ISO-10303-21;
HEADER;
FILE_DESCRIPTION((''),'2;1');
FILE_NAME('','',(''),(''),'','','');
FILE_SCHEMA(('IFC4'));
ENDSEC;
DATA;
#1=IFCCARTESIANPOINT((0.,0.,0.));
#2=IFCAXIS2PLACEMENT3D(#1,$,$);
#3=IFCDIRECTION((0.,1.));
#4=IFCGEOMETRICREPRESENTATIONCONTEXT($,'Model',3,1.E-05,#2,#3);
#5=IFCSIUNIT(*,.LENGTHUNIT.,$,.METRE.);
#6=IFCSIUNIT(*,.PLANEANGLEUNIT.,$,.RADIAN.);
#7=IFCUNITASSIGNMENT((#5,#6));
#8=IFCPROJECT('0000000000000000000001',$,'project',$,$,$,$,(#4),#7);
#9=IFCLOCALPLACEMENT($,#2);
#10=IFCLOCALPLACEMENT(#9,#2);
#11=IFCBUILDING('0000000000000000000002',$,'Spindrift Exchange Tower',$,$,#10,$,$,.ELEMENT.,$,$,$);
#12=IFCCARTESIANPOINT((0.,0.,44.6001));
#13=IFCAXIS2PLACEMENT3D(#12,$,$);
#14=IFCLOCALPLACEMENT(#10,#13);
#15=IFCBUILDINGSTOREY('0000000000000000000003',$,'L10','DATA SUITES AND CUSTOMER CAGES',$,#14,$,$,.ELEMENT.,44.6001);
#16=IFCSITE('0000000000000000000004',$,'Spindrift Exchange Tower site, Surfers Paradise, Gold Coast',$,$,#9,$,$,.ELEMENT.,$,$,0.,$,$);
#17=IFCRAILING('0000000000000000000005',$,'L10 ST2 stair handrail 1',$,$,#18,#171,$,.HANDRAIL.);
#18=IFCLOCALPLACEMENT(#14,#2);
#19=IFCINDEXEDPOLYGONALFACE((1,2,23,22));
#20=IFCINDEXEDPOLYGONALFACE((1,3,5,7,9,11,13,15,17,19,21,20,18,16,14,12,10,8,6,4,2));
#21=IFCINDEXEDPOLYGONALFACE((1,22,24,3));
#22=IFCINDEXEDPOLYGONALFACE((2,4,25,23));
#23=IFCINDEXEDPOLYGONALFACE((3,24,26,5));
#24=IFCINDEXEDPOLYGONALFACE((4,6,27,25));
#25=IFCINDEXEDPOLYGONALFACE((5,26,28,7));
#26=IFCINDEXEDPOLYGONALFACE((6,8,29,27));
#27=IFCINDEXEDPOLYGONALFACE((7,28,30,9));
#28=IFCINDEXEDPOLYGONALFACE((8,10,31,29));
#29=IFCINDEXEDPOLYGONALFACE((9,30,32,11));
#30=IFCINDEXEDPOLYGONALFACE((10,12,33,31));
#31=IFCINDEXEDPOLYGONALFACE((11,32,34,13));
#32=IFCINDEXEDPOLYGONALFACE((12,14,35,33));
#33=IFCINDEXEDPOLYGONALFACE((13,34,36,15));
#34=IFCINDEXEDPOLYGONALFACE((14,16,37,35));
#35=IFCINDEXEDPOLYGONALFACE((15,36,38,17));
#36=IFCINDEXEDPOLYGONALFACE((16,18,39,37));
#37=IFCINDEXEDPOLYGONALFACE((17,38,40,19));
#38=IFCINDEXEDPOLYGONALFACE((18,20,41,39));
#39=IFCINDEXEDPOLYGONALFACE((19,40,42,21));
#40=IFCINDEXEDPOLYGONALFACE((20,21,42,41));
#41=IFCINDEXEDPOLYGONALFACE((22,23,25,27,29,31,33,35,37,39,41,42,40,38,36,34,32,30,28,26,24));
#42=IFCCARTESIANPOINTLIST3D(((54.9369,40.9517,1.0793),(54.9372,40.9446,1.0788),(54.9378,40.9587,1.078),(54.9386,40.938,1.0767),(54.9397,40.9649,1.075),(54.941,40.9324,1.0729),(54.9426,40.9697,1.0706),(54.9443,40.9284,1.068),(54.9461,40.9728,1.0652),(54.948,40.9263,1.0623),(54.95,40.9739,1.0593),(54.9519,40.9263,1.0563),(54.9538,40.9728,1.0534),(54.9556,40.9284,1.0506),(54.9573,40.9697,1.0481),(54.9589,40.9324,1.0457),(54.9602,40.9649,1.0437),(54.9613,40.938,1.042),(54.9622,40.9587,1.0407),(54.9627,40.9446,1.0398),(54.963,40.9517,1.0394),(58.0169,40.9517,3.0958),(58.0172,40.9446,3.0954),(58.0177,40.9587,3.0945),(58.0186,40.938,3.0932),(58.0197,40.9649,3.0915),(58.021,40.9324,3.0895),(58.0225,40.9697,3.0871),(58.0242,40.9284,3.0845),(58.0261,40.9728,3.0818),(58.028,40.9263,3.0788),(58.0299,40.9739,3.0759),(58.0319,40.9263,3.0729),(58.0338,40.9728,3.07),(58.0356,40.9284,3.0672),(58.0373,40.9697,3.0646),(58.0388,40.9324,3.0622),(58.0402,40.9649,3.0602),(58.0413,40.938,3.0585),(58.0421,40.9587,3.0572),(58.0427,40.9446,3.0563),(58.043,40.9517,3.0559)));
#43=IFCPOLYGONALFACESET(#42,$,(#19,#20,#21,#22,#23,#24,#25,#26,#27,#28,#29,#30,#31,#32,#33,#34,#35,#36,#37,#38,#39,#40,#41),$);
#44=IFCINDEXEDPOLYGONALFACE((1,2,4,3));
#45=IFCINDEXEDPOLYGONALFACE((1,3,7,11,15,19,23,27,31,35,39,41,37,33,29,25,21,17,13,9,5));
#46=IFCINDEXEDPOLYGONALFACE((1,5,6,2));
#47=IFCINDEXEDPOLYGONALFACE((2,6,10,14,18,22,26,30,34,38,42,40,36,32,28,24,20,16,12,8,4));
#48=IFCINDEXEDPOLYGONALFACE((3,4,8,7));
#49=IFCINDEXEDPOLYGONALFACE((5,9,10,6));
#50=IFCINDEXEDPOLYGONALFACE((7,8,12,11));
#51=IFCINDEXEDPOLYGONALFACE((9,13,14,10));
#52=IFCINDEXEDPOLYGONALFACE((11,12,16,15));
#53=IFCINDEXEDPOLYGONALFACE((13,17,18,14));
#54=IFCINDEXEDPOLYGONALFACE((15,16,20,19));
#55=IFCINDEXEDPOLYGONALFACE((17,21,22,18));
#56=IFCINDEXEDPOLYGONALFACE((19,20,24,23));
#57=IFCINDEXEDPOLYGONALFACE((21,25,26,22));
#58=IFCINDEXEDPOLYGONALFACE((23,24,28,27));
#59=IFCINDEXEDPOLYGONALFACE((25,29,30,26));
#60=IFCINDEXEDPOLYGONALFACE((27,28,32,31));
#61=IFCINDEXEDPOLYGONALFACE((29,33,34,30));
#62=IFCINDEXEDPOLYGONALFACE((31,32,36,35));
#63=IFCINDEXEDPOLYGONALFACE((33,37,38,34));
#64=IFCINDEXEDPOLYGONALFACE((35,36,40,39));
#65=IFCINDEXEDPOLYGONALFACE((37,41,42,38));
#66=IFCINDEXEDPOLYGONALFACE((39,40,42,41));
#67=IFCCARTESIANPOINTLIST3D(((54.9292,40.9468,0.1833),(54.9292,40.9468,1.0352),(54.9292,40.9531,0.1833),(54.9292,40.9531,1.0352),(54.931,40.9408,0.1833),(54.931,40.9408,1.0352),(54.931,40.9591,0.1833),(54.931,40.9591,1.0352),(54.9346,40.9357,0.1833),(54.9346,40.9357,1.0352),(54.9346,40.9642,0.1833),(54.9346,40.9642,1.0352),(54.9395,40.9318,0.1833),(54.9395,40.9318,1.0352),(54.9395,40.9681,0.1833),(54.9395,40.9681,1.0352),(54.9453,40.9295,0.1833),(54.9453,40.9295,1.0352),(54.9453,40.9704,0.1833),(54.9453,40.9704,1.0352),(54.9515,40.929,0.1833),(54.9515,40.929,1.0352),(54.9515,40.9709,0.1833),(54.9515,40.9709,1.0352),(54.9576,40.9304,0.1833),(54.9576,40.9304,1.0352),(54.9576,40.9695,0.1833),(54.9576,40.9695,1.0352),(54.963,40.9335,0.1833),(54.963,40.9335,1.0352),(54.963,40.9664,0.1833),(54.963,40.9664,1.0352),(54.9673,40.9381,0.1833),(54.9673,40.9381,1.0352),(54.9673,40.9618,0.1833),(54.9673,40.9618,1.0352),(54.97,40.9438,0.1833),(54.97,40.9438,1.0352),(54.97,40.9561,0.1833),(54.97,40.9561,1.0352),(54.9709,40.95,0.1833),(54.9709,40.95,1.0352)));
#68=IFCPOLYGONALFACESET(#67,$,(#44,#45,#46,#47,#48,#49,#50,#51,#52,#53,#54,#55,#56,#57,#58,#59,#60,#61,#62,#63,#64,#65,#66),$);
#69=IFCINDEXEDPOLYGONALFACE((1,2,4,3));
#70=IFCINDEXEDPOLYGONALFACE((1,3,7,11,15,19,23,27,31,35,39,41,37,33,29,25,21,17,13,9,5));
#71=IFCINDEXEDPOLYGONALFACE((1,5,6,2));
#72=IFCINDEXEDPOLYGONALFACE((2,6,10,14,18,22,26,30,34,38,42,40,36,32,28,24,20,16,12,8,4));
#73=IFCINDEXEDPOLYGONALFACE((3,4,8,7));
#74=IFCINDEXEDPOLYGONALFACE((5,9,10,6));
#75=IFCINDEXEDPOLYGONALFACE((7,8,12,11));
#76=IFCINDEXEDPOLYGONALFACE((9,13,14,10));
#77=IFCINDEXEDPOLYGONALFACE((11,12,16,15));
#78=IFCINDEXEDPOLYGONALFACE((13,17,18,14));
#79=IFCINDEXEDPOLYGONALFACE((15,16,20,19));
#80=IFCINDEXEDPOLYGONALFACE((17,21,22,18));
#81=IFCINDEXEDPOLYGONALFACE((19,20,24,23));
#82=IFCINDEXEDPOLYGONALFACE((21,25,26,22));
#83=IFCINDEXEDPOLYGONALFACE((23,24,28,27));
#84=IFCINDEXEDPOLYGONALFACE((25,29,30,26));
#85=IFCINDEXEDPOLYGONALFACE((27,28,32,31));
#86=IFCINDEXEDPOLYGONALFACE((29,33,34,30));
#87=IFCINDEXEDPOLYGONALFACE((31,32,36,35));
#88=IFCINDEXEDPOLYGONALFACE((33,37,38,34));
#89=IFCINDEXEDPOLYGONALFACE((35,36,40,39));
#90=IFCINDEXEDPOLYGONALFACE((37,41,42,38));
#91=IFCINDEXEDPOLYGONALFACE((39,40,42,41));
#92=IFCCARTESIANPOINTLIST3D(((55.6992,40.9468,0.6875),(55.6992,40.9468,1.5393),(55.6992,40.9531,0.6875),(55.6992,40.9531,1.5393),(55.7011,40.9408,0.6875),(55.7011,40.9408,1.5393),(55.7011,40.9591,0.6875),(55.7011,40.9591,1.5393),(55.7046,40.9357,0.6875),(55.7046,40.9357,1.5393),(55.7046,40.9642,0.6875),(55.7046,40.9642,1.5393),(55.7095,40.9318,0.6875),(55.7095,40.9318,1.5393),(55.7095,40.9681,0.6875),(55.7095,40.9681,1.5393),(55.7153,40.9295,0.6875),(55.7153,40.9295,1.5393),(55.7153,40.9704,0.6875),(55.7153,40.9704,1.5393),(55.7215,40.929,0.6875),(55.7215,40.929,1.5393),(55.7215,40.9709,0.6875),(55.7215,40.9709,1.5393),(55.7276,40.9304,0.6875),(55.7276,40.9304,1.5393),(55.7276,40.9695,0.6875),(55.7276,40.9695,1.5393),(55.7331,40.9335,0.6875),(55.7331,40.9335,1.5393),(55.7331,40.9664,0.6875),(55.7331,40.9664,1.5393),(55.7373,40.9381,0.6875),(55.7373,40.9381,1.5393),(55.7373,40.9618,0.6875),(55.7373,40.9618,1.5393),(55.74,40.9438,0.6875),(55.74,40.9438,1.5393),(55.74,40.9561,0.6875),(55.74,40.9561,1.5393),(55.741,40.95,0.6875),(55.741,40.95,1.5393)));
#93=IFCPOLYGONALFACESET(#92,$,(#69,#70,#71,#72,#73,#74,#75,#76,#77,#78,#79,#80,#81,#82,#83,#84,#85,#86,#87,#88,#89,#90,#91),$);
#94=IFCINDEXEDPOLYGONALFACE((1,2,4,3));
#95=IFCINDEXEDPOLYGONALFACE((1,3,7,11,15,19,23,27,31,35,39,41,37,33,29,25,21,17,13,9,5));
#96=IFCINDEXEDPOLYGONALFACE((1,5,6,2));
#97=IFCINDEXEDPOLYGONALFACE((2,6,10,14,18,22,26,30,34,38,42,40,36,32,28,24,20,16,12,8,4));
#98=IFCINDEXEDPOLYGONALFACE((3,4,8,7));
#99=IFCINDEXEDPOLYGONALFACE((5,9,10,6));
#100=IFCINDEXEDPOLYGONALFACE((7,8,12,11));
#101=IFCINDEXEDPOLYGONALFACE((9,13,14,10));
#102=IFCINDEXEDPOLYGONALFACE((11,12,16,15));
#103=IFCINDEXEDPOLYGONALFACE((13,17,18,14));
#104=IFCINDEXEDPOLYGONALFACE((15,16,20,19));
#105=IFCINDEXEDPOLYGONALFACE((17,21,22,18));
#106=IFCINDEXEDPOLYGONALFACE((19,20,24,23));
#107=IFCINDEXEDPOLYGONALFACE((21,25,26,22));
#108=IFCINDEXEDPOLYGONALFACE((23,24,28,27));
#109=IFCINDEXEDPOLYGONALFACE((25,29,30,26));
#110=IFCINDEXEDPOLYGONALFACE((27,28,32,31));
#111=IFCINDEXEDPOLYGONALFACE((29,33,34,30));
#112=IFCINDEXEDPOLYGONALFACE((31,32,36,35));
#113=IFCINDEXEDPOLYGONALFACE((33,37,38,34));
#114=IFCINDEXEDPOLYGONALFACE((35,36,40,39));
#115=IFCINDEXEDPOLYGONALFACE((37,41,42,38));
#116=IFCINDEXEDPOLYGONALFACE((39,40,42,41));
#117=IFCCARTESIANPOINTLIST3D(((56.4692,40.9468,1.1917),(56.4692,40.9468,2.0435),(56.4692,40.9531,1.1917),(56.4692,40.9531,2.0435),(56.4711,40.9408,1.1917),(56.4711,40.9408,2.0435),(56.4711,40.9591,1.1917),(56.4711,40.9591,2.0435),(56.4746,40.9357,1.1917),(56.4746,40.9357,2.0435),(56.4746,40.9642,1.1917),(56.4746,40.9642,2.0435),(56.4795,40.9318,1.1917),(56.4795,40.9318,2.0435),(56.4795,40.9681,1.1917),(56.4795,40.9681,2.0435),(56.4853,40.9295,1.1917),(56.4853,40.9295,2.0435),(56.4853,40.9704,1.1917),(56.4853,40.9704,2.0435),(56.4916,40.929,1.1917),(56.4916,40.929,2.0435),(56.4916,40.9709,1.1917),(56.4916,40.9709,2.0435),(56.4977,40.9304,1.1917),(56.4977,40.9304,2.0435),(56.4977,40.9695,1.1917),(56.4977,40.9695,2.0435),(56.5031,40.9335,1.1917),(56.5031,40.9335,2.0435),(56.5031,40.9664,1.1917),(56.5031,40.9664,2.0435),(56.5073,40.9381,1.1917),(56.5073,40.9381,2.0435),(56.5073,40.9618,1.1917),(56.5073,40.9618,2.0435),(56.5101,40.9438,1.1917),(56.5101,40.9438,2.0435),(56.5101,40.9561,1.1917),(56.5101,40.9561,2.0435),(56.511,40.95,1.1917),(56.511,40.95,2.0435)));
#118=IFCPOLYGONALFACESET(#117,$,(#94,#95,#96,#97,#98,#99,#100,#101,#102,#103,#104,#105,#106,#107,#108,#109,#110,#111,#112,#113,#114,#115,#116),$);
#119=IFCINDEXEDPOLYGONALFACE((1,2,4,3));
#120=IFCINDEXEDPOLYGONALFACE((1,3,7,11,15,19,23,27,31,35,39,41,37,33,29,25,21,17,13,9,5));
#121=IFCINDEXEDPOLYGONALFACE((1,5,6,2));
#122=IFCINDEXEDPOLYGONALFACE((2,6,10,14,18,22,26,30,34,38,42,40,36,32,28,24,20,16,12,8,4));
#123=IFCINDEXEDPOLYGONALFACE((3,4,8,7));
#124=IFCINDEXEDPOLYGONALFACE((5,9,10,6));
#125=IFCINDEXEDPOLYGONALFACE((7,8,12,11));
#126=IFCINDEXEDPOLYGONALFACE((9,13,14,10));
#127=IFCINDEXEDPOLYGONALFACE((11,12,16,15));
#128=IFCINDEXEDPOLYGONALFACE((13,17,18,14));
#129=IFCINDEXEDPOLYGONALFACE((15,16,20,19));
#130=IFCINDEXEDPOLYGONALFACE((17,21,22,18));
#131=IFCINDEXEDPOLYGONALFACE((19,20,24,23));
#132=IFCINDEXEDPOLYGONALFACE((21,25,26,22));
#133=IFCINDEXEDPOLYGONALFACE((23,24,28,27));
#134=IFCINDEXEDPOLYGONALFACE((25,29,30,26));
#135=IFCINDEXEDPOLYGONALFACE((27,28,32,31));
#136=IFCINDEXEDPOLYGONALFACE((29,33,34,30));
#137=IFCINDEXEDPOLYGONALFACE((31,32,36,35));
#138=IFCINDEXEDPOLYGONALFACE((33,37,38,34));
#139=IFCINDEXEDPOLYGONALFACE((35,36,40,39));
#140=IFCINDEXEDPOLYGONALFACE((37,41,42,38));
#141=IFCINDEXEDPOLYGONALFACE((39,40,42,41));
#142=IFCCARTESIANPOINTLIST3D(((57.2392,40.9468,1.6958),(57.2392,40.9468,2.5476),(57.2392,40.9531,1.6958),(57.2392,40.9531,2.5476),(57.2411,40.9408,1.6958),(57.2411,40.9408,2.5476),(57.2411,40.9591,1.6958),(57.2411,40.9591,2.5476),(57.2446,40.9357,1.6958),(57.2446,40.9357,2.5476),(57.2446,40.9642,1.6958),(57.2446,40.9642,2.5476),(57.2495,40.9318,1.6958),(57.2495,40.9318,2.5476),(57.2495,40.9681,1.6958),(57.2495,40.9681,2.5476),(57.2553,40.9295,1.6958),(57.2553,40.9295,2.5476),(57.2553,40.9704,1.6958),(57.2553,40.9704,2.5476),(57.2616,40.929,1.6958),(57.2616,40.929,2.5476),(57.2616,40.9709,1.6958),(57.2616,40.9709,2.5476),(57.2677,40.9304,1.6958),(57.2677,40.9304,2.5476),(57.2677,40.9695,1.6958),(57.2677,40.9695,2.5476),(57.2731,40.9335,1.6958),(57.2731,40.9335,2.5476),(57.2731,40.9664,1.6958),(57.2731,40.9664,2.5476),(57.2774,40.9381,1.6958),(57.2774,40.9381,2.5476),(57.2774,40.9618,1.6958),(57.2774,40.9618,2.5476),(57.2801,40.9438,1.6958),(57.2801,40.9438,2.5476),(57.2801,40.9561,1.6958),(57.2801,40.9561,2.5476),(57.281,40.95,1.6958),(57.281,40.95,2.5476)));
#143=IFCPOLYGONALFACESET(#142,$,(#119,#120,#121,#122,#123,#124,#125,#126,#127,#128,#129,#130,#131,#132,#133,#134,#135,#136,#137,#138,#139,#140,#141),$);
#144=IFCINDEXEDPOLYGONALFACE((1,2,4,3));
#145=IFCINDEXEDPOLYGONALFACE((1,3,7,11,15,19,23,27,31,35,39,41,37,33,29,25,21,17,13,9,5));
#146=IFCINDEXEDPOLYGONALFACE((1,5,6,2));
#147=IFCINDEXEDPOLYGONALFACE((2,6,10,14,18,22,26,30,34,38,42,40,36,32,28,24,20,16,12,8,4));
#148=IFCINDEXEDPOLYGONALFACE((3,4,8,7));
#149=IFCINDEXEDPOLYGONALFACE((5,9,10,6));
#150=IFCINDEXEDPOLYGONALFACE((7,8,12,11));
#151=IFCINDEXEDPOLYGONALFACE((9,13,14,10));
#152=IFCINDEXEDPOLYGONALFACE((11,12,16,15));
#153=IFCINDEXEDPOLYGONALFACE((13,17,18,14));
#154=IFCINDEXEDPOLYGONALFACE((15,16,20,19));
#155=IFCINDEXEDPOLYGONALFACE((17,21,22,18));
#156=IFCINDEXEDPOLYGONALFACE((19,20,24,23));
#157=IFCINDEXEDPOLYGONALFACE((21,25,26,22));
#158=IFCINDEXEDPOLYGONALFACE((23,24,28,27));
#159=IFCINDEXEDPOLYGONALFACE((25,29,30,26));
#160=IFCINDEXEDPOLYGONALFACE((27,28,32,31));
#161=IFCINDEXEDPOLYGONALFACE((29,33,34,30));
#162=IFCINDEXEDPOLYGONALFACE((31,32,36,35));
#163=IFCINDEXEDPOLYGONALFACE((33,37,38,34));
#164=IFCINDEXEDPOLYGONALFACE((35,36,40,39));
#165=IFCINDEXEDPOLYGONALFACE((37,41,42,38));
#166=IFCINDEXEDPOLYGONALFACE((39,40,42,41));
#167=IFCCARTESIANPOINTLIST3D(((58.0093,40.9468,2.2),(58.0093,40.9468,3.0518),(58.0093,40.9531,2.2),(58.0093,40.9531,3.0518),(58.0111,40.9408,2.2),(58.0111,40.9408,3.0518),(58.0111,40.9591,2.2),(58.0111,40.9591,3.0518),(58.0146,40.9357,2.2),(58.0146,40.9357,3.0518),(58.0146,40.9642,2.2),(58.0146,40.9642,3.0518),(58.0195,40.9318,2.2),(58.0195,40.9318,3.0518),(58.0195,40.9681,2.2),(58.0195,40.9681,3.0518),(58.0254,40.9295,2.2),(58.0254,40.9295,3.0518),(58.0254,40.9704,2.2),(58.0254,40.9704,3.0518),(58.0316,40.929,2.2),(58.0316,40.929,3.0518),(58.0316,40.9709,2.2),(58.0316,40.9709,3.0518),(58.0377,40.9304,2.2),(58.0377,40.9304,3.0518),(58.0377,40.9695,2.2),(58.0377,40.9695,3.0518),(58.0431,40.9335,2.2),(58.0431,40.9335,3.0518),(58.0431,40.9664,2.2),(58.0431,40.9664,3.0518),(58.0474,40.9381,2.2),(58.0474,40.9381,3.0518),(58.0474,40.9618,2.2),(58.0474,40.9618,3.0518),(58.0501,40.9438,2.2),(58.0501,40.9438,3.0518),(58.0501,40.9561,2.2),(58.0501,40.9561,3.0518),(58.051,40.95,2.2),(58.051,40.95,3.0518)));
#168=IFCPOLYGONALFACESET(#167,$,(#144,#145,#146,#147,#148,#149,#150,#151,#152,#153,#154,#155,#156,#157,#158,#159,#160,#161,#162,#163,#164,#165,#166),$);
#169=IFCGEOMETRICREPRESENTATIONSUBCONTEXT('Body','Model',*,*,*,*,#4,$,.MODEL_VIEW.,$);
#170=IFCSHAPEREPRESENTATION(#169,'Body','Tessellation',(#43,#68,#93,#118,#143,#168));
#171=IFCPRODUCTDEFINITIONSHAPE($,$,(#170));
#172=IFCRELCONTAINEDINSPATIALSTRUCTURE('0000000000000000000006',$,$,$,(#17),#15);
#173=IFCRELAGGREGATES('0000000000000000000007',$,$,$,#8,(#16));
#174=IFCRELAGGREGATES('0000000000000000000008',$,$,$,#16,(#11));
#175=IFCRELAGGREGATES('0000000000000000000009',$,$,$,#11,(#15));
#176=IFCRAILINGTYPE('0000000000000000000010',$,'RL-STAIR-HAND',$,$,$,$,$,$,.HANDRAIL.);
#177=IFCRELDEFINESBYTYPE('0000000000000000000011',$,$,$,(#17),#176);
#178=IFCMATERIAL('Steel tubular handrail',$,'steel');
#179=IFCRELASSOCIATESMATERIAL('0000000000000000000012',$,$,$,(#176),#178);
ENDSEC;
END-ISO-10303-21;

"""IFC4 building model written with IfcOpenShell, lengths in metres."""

from ifc_helpers import new_model, si_unit, direction, frame, origin, origin_2d, place, context, subcontext, project, spatial, circle, extrude, material, type_object, element, save


model = new_model("IFC4")

# Units and contexts
model_context = context("Model", 3, precision=1e-05, world=origin(), true_north=direction((0.0, 1.0)))
body_context = subcontext(model_context, "Body", "Model", "MODEL_VIEW")
ifc_project = project(units=[si_unit("LENGTHUNIT", "METRE"), si_unit("PLANEANGLEUNIT", "RADIAN")], contexts=[model_context])

# Site, building, storey
site_placement = place(None, origin())
site = spatial("IfcSite", under=ifc_project, at=site_placement, Name="Spindrift Exchange Tower site, Surfers Paradise, Gold Coast", CompositionType="ELEMENT", RefElevation=0.0)
building_placement = place(site_placement, origin())
building = spatial("IfcBuilding", under=site, at=building_placement, Name="Spindrift Exchange Tower", CompositionType="ELEMENT")
storey_placement = place(building_placement, frame((0.0, 0.0, 44.6001)))
storey = spatial("IfcBuildingStorey", under=building, at=storey_placement, Name="L10", Description="DATA SUITES AND CUSTOMER CAGES", CompositionType="ELEMENT", Elevation=44.6001)

# Railing
ifc_material_1 = material(Name="Steel tubular handrail", Category="steel")
railing_type_1 = type_object("IfcRailingType", Name="RL-STAIR-HAND", PredefinedType="HANDRAIL", material=ifc_material_1)
railing_1_placement = place(storey_placement, frame((54.95, 40.95, 0.1833)))
element("IfcRailing", 1, at=railing_1_placement, inside=storey, type_object=railing_type_1, Name="L10 ST2 stair handrail 1", PredefinedType="HANDRAIL", context=body_context, shape_type="SweptSolid", body=[
    extrude(circle(Radius=0.0239, at=origin_2d()), frame((0.0, 0.0, 0.876), z_axis=(0.836633, 0.0, 0.547764), x_axis=(0.0, 1.0, 0.0)), (0.0, 0.0, 1.0), 3.6814),
    extrude(circle(Radius=0.021, at=origin_2d()), origin(), (0.0, 0.0, 1.0), 0.8518),
    extrude(circle(Radius=0.021, at=origin_2d()), frame((0.77, 0.0, 0.5042)), (0.0, 0.0, 1.0), 0.8518),
    extrude(circle(Radius=0.021, at=origin_2d()), frame((1.54, 0.0, 1.0083)), (0.0, 0.0, 1.0), 0.8518),
    extrude(circle(Radius=0.021, at=origin_2d()), frame((2.3101, 0.0, 1.5125)), (0.0, 0.0, 1.0), 0.8518),
    extrude(circle(Radius=0.021, at=origin_2d()), frame((3.0801, 0.0, 2.0166)), (0.0, 0.0, 1.0), 0.8518),
])

save(model, "model.ifc")
